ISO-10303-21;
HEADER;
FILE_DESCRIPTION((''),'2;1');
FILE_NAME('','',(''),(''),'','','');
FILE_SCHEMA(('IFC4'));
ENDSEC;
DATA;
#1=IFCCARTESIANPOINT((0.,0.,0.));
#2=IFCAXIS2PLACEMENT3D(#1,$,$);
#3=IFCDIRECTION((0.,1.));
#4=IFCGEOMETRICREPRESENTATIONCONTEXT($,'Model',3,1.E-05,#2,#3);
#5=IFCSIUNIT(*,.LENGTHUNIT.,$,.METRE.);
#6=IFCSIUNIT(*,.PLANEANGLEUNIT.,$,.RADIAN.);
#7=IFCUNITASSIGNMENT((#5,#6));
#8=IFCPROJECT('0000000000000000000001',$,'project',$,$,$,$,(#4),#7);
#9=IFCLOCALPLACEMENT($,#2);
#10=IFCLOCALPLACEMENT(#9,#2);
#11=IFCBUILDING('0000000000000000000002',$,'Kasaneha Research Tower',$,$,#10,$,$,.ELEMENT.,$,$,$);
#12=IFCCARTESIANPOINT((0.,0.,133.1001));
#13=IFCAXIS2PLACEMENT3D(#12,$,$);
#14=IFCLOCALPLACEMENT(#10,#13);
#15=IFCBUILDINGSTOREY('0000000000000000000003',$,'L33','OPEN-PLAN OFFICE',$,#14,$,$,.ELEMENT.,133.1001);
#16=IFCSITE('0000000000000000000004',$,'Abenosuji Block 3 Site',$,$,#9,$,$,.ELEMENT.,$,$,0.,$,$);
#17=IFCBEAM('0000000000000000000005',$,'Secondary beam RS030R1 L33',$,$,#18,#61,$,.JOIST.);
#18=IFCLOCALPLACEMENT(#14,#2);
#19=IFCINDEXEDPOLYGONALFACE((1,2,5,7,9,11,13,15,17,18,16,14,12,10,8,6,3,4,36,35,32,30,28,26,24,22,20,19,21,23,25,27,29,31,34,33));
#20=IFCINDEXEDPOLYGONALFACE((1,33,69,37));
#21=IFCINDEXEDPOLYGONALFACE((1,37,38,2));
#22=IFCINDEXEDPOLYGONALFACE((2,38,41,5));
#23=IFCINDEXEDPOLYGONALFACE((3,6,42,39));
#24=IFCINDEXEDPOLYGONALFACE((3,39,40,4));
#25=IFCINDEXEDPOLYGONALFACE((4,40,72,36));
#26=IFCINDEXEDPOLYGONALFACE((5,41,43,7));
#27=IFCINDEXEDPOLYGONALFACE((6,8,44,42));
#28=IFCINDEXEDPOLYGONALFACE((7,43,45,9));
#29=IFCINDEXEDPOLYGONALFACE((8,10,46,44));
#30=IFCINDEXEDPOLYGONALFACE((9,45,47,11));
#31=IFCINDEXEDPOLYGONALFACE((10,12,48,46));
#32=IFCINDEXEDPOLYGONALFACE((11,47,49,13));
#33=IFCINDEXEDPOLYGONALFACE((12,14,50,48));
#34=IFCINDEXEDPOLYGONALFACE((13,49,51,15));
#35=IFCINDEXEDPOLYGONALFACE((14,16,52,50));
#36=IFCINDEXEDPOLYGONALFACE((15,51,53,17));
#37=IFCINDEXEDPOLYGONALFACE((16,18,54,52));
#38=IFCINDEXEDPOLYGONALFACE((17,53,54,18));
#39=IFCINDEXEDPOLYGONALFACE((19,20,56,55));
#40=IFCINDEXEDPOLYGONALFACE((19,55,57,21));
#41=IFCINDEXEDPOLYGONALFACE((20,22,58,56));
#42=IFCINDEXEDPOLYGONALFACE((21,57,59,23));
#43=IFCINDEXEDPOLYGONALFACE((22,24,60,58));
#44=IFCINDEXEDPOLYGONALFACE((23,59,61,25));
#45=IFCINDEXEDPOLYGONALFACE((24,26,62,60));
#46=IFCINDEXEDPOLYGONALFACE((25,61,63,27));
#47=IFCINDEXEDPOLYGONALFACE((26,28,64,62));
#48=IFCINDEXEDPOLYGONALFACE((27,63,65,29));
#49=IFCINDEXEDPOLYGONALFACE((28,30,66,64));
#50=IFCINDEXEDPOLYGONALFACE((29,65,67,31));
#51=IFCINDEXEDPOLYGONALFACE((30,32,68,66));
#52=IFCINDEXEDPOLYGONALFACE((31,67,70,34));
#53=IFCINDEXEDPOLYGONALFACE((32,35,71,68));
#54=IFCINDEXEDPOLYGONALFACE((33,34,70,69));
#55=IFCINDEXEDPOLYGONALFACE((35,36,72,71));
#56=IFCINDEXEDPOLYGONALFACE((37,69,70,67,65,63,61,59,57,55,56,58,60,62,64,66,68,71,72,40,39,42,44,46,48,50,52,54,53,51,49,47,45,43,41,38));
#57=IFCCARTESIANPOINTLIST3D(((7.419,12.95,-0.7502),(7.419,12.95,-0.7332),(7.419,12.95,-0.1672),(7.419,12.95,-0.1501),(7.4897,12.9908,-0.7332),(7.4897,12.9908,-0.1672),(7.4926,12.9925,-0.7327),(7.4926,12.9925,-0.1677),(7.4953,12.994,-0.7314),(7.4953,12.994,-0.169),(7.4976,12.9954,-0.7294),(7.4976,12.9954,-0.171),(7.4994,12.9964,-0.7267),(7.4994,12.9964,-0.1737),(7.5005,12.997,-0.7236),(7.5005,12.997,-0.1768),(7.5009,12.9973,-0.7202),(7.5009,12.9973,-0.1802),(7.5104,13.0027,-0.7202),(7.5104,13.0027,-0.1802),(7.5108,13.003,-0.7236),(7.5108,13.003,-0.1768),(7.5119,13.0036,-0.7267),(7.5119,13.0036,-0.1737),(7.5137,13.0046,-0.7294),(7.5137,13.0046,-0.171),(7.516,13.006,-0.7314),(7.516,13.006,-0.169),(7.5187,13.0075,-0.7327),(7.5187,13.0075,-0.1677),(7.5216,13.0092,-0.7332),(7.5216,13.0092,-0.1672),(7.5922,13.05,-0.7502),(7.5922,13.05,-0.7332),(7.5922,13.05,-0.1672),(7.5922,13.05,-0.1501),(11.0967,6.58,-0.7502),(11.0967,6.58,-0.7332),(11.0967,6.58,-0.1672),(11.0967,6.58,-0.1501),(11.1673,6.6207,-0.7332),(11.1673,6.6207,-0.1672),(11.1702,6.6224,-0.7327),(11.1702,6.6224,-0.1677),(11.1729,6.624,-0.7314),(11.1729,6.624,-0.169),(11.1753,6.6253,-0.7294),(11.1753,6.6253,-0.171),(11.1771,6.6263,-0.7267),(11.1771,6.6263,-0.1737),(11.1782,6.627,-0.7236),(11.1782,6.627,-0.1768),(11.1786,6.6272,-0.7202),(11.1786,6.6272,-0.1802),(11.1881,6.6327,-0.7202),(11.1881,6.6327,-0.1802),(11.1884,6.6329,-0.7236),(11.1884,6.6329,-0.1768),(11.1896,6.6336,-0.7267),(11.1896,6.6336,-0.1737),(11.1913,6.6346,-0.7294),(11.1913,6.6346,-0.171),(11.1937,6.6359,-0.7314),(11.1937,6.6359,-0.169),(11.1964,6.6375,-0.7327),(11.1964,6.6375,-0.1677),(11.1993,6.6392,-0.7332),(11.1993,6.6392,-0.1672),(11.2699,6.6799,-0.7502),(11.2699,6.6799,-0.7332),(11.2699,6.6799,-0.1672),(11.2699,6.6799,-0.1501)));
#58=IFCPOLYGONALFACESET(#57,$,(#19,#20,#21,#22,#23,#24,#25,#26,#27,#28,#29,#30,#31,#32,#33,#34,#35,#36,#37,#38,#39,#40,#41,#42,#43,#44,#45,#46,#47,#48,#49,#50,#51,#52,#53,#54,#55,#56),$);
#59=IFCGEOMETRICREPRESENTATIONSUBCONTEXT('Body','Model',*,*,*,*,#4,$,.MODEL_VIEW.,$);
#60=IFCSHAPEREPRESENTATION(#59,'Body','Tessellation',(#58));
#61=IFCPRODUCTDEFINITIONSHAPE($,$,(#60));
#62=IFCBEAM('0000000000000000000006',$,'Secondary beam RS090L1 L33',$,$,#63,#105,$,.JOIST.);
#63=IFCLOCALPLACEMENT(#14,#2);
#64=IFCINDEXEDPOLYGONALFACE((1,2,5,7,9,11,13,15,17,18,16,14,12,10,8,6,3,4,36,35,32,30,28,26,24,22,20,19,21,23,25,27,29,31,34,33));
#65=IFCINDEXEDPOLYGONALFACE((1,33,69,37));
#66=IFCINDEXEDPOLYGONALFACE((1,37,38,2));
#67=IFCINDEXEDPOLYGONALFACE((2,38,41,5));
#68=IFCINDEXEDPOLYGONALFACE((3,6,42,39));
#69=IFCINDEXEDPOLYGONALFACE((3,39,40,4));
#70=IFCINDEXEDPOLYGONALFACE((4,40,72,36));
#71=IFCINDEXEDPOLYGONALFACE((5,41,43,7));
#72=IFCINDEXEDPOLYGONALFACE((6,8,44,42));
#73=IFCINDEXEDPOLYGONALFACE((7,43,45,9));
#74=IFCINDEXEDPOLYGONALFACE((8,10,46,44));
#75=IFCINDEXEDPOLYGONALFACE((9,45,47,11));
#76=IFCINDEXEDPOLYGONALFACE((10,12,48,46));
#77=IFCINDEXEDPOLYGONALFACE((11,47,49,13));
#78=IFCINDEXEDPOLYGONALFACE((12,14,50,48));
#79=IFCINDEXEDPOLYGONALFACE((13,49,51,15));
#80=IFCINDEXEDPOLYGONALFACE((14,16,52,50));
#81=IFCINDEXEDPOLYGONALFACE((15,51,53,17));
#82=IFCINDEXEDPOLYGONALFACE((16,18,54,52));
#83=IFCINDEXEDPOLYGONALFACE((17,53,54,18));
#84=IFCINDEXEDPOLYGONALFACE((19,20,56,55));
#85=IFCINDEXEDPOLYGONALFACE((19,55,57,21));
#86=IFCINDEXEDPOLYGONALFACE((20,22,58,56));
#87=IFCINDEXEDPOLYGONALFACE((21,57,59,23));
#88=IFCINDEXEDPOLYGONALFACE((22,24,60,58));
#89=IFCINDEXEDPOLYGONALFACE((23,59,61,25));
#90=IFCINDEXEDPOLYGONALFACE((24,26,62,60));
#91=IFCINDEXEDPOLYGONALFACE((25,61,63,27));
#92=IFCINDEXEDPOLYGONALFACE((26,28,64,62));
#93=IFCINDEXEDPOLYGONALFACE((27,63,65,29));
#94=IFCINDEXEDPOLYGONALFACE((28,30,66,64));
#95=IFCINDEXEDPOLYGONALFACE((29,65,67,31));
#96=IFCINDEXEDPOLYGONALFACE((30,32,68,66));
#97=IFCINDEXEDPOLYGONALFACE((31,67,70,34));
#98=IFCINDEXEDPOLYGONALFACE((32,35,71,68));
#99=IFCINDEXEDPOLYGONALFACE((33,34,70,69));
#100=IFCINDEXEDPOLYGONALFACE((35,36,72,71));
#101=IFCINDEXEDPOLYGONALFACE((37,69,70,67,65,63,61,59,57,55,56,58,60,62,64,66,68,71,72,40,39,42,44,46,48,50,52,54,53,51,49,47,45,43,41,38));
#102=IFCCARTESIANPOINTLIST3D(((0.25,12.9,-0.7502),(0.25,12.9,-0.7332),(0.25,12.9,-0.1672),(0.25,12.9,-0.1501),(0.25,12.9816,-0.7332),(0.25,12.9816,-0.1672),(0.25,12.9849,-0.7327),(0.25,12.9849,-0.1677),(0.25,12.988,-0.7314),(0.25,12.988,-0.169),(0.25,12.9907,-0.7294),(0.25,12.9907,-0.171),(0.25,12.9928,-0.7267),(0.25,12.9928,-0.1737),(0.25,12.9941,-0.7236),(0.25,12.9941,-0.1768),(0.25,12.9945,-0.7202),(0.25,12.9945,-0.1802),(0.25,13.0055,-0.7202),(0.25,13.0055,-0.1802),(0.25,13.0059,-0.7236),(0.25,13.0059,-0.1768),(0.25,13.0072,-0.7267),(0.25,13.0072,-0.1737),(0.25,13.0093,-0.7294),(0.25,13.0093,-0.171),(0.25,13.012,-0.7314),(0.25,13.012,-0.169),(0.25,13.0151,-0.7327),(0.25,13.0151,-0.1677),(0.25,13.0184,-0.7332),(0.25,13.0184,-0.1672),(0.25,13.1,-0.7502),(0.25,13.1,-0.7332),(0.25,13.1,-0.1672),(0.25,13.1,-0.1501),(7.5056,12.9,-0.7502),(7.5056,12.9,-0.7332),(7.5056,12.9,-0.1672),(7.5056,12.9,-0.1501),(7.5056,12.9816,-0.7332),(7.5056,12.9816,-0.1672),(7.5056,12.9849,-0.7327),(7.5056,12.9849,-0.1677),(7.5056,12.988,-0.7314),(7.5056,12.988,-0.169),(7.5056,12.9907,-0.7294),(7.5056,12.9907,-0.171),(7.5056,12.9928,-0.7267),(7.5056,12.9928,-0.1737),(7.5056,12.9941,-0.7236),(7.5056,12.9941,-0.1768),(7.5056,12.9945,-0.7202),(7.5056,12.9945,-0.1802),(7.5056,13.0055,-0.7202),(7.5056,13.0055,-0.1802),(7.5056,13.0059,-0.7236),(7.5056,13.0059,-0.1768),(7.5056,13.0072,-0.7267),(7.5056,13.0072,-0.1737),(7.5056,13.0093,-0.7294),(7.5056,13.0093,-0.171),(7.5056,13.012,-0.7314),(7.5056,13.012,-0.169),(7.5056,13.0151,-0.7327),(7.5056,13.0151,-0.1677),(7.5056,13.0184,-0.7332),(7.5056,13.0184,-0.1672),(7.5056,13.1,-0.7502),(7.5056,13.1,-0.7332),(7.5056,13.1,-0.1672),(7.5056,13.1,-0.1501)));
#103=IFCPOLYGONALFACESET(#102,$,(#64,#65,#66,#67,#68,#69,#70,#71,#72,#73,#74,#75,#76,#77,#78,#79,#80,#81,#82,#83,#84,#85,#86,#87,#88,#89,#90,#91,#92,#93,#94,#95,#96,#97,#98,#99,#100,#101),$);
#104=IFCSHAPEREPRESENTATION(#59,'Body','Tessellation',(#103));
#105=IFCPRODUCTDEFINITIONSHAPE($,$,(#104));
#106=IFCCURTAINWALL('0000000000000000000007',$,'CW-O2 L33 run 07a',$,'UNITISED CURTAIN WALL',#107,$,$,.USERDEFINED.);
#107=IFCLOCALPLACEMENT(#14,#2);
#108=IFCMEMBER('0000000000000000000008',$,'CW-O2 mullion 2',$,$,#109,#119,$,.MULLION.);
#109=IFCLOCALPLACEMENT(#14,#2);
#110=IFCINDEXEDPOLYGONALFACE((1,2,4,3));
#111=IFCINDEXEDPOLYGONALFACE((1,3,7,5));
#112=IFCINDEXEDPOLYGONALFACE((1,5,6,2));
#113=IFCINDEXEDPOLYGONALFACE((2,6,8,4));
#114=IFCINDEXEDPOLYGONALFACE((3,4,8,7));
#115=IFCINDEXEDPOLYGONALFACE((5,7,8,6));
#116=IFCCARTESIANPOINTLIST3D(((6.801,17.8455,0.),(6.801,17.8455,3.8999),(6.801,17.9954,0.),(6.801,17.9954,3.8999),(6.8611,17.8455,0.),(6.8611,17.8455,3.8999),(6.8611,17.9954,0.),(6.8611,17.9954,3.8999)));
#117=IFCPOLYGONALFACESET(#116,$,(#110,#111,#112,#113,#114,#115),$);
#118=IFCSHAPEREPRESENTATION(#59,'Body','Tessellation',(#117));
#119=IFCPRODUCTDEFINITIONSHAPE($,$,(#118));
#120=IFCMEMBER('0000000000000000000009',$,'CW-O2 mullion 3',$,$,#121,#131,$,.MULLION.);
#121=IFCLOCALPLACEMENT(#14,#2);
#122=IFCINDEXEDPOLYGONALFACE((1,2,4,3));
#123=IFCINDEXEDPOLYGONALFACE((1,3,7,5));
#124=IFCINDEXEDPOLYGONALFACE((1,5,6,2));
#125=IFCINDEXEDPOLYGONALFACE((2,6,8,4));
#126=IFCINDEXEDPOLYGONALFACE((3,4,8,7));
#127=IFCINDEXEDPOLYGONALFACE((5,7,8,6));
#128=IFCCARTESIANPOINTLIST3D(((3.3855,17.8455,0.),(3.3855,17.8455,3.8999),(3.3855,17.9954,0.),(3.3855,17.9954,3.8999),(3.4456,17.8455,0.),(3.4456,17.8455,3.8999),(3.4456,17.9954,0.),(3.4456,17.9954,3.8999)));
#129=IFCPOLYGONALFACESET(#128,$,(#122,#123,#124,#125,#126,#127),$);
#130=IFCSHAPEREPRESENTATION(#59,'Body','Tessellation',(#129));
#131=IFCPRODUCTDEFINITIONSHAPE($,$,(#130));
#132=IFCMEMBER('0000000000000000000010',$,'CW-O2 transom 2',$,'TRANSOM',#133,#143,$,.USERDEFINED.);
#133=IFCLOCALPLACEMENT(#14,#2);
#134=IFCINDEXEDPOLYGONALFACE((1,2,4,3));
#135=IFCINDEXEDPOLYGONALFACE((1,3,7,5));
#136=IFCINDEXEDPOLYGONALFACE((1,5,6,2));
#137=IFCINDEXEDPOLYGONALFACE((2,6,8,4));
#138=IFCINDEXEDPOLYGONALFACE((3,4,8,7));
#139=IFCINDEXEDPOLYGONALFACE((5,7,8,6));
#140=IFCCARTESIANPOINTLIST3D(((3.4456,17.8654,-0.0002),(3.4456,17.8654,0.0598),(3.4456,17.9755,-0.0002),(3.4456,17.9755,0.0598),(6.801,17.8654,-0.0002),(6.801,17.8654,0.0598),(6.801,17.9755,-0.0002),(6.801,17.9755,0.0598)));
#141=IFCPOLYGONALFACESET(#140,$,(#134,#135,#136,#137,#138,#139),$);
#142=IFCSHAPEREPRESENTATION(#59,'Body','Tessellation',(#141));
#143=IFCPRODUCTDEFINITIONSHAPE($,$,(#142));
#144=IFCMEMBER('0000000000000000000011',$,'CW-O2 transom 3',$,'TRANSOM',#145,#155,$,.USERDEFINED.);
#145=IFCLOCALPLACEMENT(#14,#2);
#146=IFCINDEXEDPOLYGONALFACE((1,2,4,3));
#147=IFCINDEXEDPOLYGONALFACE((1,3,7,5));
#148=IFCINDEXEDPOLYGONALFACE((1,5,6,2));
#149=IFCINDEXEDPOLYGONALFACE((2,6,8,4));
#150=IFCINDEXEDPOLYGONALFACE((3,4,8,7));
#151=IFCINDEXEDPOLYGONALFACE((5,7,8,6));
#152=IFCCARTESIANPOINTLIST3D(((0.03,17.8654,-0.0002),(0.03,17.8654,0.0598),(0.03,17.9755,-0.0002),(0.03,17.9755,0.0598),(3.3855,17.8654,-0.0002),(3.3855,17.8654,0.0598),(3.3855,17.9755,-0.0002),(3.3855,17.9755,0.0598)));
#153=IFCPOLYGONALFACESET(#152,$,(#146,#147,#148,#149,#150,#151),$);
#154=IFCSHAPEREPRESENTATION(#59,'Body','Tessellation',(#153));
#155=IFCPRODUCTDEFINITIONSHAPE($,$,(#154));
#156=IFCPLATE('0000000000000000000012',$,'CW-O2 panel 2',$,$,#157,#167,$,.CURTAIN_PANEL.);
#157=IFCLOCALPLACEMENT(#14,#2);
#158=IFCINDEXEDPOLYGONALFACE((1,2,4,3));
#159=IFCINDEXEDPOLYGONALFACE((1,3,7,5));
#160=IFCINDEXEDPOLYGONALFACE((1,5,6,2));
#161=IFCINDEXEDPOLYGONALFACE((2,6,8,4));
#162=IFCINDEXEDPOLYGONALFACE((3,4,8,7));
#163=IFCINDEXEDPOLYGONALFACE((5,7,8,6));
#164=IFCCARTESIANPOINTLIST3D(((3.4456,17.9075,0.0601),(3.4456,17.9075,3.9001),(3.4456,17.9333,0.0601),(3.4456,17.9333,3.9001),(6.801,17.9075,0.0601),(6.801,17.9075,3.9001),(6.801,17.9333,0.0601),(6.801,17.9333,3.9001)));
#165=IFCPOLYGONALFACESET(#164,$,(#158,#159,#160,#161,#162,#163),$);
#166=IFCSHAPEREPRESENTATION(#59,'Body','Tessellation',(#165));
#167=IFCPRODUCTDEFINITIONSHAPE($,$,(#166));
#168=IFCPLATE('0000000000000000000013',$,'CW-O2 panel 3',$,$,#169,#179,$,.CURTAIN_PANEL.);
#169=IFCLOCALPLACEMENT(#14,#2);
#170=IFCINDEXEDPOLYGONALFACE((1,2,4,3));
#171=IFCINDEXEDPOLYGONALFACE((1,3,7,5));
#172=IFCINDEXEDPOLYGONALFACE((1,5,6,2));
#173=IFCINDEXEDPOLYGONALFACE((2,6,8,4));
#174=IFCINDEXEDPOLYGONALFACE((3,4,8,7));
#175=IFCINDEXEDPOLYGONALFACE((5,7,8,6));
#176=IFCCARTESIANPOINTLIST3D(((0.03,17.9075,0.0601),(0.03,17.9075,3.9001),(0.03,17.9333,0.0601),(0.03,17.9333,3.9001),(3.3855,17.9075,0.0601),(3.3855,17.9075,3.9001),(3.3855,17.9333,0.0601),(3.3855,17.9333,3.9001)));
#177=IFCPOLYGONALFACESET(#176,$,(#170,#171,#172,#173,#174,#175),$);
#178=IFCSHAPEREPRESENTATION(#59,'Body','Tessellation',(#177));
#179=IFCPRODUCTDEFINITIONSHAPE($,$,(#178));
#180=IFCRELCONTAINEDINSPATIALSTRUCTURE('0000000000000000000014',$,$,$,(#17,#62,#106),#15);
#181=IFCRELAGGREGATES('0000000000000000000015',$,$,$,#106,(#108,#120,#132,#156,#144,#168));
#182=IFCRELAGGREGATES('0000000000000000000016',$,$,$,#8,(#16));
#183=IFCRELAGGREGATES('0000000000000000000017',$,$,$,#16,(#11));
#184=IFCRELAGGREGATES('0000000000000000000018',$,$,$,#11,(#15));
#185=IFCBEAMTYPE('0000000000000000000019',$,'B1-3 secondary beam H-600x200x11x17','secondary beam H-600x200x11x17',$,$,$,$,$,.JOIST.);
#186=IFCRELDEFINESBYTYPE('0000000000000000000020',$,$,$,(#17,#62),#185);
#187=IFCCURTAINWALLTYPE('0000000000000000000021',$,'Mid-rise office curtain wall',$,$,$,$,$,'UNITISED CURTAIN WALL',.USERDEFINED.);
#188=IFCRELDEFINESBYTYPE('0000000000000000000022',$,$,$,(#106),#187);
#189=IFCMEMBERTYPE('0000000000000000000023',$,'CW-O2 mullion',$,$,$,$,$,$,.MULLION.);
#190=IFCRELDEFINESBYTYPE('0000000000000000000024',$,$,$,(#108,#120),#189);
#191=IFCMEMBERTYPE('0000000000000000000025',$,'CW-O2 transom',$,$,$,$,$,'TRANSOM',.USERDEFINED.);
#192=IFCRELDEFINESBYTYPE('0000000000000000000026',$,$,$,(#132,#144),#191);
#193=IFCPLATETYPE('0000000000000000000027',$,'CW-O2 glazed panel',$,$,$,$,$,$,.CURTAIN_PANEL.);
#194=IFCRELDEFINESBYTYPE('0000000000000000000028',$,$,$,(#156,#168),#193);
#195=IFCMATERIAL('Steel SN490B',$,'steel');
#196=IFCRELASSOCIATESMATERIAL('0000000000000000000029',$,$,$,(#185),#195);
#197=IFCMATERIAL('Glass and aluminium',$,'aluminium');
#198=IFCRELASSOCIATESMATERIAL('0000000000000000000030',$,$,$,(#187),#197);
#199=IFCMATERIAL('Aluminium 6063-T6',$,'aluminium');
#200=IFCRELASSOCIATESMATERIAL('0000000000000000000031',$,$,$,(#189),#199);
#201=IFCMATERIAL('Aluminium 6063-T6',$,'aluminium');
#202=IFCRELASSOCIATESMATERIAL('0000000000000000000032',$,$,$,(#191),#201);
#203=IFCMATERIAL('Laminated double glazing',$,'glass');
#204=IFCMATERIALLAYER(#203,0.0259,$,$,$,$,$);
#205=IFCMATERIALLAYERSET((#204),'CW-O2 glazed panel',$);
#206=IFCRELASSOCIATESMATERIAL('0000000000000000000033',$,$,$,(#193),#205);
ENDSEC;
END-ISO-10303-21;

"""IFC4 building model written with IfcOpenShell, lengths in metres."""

from ifc_helpers import new_model, si_unit, direction, frame, origin, origin_2d, place, context, subcontext, project, spatial, rectangle, i_section, extrude, material, layer, layer_set, material_profile, profile_set, type_object, element, aggregate, save


model = new_model("IFC4")

# Units and contexts
model_context = context("Model", 3, precision=1e-05, world=origin(), true_north=direction((0.0, 1.0)))
body_context = subcontext(model_context, "Body", "Model", "MODEL_VIEW")
ifc_project = project(units=[si_unit("LENGTHUNIT", "METRE"), si_unit("PLANEANGLEUNIT", "RADIAN")], contexts=[model_context])

# Site, building, storey
site_placement = place(None, origin())
site = spatial("IfcSite", under=ifc_project, at=site_placement, Name="Abenosuji Block 3 Site", CompositionType="ELEMENT", RefElevation=0.0)
building_placement = place(site_placement, origin())
building = spatial("IfcBuilding", under=site, at=building_placement, Name="Kasaneha Research Tower", CompositionType="ELEMENT")
storey_placement = place(building_placement, frame((0.0, 0.0, 133.1001)))
storey = spatial("IfcBuildingStorey", under=building, at=storey_placement, Name="L33", Description="OPEN-PLAN OFFICE", CompositionType="ELEMENT", Elevation=133.1001)

# Beams
ifc_material_1 = material(Name="Steel SN490B", Category="steel")
ifc_material_profile_1 = material_profile(ifc_material_1, i_section(OverallWidth=0.2, OverallDepth=0.6001, WebThickness=0.011, FlangeThickness=0.0171, FilletRadius=0.0129, at=origin_2d()), Name="H-600x200x11x17")
ifc_profile_set_1 = profile_set([ifc_material_profile_1], Name="Steel SN490B")
beam_type = type_object("IfcBeamType", Name="B1-3 secondary beam H-600x200x11x17", Description="secondary beam H-600x200x11x17", PredefinedType="JOIST", material=ifc_profile_set_1)
beam_1_placement = place(storey_placement, frame((7.5056, 13.0, -0.4502), z_axis=(0.499994, -0.866029, 0.0), x_axis=(0.866029, 0.499994, 0.0)))
element("IfcBeam", 1, at=beam_1_placement, inside=storey, type_object=beam_type, Name="Secondary beam RS030R1 L33", PredefinedType="JOIST", context=body_context, shape_type="SweptSolid", body=[
    extrude(i_section(OverallWidth=0.2, OverallDepth=0.6001, WebThickness=0.011, FlangeThickness=0.0171, FilletRadius=0.0129, at=origin_2d()), origin(), (0.0, 0.0, 1.0), 7.3555),
])
beam_2_placement = place(storey_placement, frame((7.5056, 13.0, -0.4502), z_axis=(-1.0, 0.0, 0.0), x_axis=(0.0, -1.0, 0.0)))
element("IfcBeam", 2, at=beam_2_placement, inside=storey, type_object=beam_type, Name="Secondary beam RS090L1 L33", PredefinedType="JOIST", context=body_context, shape_type="SweptSolid", body=[
    extrude(i_section(OverallWidth=0.2, OverallDepth=0.6001, WebThickness=0.011, FlangeThickness=0.0171, FilletRadius=0.0129, at=origin_2d()), origin(), (0.0, 0.0, 1.0), 7.2556),
])

# Curtain wall, members, plates
ifc_material_2 = material(Name="Glass and aluminium", Category="aluminium")
curtain_wall_type = type_object("IfcCurtainWallType", Name="Mid-rise office curtain wall", ElementType="UNITISED CURTAIN WALL", PredefinedType="USERDEFINED", material=ifc_material_2)
curtain_wall_placement = place(storey_placement, origin())
curtain_wall = element("IfcCurtainWall", 3, at=curtain_wall_placement, inside=storey, type_object=curtain_wall_type, Name="CW-O2 L33 run 07a", ObjectType="UNITISED CURTAIN WALL", PredefinedType="USERDEFINED")
ifc_material_3 = material(Name="Aluminium 6063-T6", Category="aluminium")
ifc_material_profile_2 = material_profile(ifc_material_3, rectangle(XDim=0.0601, YDim=0.1499, at=origin_2d()), Name="CW-O2 mullion 60x150")
ifc_profile_set_2 = profile_set([ifc_material_profile_2], Name="Aluminium 6063-T6")
member_type_1 = type_object("IfcMemberType", Name="CW-O2 mullion", PredefinedType="MULLION", material=ifc_profile_set_2)
member_1_placement = place(storey_placement, frame((6.8311, 17.9204, 0.0), z_axis=(0.0, 0.0, 1.0), x_axis=(-1.0, 0.0, 0.0)))
member_1 = element("IfcMember", 4, at=member_1_placement, type_object=member_type_1, Name="CW-O2 mullion 2", PredefinedType="MULLION", context=body_context, shape_type="SweptSolid", body=[
    extrude(rectangle(XDim=0.0601, YDim=0.1499, at=origin_2d()), origin(), (0.0, 0.0, 1.0), 3.8999),
])
member_2_placement = place(storey_placement, frame((3.4155, 17.9204, 0.0), z_axis=(0.0, 0.0, 1.0), x_axis=(-1.0, 0.0, 0.0)))
member_2 = element("IfcMember", 5, at=member_2_placement, type_object=member_type_1, Name="CW-O2 mullion 3", PredefinedType="MULLION", context=body_context, shape_type="SweptSolid", body=[
    extrude(rectangle(XDim=0.0601, YDim=0.1499, at=origin_2d()), origin(), (0.0, 0.0, 1.0), 3.8999),
])
ifc_material_4 = material(Name="Aluminium 6063-T6", Category="aluminium")
ifc_material_profile_3 = material_profile(ifc_material_4, rectangle(XDim=0.1101, YDim=0.0601, at=origin_2d()), Name="CW-O2 transom 110x60")
ifc_profile_set_3 = profile_set([ifc_material_profile_3], Name="Aluminium 6063-T6")
member_type_2 = type_object("IfcMemberType", Name="CW-O2 transom", ElementType="TRANSOM", PredefinedType="USERDEFINED", material=ifc_profile_set_3)
member_3_placement = place(storey_placement, frame((6.801, 17.9204, 0.0298), z_axis=(-1.0, 0.0, 0.0), x_axis=(0.0, -1.0, 0.0)))
member_3 = element("IfcMember", 6, at=member_3_placement, type_object=member_type_2, Name="CW-O2 transom 2", ObjectType="TRANSOM", PredefinedType="USERDEFINED", context=body_context, shape_type="SweptSolid", body=[
    extrude(rectangle(XDim=0.1101, YDim=0.0601, at=origin_2d()), origin(), (0.0, 0.0, 1.0), 3.3555),
])
member_4_placement = place(storey_placement, frame((3.3855, 17.9204, 0.0298), z_axis=(-1.0, 0.0, 0.0), x_axis=(0.0, -1.0, 0.0)))
member_4 = element("IfcMember", 7, at=member_4_placement, type_object=member_type_2, Name="CW-O2 transom 3", ObjectType="TRANSOM", PredefinedType="USERDEFINED", context=body_context, shape_type="SweptSolid", body=[
    extrude(rectangle(XDim=0.1101, YDim=0.0601, at=origin_2d()), origin(), (0.0, 0.0, 1.0), 3.3555),
])
ifc_material_5 = material(Name="Laminated double glazing", Category="glass")
ifc_layer_1 = layer(ifc_material_5, 0.0259)
ifc_layer_set_1 = layer_set([ifc_layer_1], Name="CW-O2 glazed panel")
plate_type = type_object("IfcPlateType", Name="CW-O2 glazed panel", PredefinedType="CURTAIN_PANEL", material=ifc_layer_set_1)
plate_1_placement = place(storey_placement, frame((5.1233, 17.9204, 0.0601), z_axis=(0.0, 0.0, 1.0), x_axis=(-1.0, 0.0, 0.0)))
plate_1 = element("IfcPlate", 8, at=plate_1_placement, type_object=plate_type, Name="CW-O2 panel 2", PredefinedType="CURTAIN_PANEL", context=body_context, shape_type="SweptSolid", body=[
    extrude(rectangle(XDim=3.3555, YDim=0.0259, at=origin_2d()), origin(), (0.0, 0.0, 1.0), 3.8401),
])
plate_2_placement = place(storey_placement, frame((1.7078, 17.9204, 0.0601), z_axis=(0.0, 0.0, 1.0), x_axis=(-1.0, 0.0, 0.0)))
plate_2 = element("IfcPlate", 9, at=plate_2_placement, type_object=plate_type, Name="CW-O2 panel 3", PredefinedType="CURTAIN_PANEL", context=body_context, shape_type="SweptSolid", body=[
    extrude(rectangle(XDim=3.3555, YDim=0.0259, at=origin_2d()), origin(), (0.0, 0.0, 1.0), 3.8401),
])
aggregate(curtain_wall, [member_1, member_2, member_3, plate_1, member_4, plate_2])

save(model, "model.ifc")
